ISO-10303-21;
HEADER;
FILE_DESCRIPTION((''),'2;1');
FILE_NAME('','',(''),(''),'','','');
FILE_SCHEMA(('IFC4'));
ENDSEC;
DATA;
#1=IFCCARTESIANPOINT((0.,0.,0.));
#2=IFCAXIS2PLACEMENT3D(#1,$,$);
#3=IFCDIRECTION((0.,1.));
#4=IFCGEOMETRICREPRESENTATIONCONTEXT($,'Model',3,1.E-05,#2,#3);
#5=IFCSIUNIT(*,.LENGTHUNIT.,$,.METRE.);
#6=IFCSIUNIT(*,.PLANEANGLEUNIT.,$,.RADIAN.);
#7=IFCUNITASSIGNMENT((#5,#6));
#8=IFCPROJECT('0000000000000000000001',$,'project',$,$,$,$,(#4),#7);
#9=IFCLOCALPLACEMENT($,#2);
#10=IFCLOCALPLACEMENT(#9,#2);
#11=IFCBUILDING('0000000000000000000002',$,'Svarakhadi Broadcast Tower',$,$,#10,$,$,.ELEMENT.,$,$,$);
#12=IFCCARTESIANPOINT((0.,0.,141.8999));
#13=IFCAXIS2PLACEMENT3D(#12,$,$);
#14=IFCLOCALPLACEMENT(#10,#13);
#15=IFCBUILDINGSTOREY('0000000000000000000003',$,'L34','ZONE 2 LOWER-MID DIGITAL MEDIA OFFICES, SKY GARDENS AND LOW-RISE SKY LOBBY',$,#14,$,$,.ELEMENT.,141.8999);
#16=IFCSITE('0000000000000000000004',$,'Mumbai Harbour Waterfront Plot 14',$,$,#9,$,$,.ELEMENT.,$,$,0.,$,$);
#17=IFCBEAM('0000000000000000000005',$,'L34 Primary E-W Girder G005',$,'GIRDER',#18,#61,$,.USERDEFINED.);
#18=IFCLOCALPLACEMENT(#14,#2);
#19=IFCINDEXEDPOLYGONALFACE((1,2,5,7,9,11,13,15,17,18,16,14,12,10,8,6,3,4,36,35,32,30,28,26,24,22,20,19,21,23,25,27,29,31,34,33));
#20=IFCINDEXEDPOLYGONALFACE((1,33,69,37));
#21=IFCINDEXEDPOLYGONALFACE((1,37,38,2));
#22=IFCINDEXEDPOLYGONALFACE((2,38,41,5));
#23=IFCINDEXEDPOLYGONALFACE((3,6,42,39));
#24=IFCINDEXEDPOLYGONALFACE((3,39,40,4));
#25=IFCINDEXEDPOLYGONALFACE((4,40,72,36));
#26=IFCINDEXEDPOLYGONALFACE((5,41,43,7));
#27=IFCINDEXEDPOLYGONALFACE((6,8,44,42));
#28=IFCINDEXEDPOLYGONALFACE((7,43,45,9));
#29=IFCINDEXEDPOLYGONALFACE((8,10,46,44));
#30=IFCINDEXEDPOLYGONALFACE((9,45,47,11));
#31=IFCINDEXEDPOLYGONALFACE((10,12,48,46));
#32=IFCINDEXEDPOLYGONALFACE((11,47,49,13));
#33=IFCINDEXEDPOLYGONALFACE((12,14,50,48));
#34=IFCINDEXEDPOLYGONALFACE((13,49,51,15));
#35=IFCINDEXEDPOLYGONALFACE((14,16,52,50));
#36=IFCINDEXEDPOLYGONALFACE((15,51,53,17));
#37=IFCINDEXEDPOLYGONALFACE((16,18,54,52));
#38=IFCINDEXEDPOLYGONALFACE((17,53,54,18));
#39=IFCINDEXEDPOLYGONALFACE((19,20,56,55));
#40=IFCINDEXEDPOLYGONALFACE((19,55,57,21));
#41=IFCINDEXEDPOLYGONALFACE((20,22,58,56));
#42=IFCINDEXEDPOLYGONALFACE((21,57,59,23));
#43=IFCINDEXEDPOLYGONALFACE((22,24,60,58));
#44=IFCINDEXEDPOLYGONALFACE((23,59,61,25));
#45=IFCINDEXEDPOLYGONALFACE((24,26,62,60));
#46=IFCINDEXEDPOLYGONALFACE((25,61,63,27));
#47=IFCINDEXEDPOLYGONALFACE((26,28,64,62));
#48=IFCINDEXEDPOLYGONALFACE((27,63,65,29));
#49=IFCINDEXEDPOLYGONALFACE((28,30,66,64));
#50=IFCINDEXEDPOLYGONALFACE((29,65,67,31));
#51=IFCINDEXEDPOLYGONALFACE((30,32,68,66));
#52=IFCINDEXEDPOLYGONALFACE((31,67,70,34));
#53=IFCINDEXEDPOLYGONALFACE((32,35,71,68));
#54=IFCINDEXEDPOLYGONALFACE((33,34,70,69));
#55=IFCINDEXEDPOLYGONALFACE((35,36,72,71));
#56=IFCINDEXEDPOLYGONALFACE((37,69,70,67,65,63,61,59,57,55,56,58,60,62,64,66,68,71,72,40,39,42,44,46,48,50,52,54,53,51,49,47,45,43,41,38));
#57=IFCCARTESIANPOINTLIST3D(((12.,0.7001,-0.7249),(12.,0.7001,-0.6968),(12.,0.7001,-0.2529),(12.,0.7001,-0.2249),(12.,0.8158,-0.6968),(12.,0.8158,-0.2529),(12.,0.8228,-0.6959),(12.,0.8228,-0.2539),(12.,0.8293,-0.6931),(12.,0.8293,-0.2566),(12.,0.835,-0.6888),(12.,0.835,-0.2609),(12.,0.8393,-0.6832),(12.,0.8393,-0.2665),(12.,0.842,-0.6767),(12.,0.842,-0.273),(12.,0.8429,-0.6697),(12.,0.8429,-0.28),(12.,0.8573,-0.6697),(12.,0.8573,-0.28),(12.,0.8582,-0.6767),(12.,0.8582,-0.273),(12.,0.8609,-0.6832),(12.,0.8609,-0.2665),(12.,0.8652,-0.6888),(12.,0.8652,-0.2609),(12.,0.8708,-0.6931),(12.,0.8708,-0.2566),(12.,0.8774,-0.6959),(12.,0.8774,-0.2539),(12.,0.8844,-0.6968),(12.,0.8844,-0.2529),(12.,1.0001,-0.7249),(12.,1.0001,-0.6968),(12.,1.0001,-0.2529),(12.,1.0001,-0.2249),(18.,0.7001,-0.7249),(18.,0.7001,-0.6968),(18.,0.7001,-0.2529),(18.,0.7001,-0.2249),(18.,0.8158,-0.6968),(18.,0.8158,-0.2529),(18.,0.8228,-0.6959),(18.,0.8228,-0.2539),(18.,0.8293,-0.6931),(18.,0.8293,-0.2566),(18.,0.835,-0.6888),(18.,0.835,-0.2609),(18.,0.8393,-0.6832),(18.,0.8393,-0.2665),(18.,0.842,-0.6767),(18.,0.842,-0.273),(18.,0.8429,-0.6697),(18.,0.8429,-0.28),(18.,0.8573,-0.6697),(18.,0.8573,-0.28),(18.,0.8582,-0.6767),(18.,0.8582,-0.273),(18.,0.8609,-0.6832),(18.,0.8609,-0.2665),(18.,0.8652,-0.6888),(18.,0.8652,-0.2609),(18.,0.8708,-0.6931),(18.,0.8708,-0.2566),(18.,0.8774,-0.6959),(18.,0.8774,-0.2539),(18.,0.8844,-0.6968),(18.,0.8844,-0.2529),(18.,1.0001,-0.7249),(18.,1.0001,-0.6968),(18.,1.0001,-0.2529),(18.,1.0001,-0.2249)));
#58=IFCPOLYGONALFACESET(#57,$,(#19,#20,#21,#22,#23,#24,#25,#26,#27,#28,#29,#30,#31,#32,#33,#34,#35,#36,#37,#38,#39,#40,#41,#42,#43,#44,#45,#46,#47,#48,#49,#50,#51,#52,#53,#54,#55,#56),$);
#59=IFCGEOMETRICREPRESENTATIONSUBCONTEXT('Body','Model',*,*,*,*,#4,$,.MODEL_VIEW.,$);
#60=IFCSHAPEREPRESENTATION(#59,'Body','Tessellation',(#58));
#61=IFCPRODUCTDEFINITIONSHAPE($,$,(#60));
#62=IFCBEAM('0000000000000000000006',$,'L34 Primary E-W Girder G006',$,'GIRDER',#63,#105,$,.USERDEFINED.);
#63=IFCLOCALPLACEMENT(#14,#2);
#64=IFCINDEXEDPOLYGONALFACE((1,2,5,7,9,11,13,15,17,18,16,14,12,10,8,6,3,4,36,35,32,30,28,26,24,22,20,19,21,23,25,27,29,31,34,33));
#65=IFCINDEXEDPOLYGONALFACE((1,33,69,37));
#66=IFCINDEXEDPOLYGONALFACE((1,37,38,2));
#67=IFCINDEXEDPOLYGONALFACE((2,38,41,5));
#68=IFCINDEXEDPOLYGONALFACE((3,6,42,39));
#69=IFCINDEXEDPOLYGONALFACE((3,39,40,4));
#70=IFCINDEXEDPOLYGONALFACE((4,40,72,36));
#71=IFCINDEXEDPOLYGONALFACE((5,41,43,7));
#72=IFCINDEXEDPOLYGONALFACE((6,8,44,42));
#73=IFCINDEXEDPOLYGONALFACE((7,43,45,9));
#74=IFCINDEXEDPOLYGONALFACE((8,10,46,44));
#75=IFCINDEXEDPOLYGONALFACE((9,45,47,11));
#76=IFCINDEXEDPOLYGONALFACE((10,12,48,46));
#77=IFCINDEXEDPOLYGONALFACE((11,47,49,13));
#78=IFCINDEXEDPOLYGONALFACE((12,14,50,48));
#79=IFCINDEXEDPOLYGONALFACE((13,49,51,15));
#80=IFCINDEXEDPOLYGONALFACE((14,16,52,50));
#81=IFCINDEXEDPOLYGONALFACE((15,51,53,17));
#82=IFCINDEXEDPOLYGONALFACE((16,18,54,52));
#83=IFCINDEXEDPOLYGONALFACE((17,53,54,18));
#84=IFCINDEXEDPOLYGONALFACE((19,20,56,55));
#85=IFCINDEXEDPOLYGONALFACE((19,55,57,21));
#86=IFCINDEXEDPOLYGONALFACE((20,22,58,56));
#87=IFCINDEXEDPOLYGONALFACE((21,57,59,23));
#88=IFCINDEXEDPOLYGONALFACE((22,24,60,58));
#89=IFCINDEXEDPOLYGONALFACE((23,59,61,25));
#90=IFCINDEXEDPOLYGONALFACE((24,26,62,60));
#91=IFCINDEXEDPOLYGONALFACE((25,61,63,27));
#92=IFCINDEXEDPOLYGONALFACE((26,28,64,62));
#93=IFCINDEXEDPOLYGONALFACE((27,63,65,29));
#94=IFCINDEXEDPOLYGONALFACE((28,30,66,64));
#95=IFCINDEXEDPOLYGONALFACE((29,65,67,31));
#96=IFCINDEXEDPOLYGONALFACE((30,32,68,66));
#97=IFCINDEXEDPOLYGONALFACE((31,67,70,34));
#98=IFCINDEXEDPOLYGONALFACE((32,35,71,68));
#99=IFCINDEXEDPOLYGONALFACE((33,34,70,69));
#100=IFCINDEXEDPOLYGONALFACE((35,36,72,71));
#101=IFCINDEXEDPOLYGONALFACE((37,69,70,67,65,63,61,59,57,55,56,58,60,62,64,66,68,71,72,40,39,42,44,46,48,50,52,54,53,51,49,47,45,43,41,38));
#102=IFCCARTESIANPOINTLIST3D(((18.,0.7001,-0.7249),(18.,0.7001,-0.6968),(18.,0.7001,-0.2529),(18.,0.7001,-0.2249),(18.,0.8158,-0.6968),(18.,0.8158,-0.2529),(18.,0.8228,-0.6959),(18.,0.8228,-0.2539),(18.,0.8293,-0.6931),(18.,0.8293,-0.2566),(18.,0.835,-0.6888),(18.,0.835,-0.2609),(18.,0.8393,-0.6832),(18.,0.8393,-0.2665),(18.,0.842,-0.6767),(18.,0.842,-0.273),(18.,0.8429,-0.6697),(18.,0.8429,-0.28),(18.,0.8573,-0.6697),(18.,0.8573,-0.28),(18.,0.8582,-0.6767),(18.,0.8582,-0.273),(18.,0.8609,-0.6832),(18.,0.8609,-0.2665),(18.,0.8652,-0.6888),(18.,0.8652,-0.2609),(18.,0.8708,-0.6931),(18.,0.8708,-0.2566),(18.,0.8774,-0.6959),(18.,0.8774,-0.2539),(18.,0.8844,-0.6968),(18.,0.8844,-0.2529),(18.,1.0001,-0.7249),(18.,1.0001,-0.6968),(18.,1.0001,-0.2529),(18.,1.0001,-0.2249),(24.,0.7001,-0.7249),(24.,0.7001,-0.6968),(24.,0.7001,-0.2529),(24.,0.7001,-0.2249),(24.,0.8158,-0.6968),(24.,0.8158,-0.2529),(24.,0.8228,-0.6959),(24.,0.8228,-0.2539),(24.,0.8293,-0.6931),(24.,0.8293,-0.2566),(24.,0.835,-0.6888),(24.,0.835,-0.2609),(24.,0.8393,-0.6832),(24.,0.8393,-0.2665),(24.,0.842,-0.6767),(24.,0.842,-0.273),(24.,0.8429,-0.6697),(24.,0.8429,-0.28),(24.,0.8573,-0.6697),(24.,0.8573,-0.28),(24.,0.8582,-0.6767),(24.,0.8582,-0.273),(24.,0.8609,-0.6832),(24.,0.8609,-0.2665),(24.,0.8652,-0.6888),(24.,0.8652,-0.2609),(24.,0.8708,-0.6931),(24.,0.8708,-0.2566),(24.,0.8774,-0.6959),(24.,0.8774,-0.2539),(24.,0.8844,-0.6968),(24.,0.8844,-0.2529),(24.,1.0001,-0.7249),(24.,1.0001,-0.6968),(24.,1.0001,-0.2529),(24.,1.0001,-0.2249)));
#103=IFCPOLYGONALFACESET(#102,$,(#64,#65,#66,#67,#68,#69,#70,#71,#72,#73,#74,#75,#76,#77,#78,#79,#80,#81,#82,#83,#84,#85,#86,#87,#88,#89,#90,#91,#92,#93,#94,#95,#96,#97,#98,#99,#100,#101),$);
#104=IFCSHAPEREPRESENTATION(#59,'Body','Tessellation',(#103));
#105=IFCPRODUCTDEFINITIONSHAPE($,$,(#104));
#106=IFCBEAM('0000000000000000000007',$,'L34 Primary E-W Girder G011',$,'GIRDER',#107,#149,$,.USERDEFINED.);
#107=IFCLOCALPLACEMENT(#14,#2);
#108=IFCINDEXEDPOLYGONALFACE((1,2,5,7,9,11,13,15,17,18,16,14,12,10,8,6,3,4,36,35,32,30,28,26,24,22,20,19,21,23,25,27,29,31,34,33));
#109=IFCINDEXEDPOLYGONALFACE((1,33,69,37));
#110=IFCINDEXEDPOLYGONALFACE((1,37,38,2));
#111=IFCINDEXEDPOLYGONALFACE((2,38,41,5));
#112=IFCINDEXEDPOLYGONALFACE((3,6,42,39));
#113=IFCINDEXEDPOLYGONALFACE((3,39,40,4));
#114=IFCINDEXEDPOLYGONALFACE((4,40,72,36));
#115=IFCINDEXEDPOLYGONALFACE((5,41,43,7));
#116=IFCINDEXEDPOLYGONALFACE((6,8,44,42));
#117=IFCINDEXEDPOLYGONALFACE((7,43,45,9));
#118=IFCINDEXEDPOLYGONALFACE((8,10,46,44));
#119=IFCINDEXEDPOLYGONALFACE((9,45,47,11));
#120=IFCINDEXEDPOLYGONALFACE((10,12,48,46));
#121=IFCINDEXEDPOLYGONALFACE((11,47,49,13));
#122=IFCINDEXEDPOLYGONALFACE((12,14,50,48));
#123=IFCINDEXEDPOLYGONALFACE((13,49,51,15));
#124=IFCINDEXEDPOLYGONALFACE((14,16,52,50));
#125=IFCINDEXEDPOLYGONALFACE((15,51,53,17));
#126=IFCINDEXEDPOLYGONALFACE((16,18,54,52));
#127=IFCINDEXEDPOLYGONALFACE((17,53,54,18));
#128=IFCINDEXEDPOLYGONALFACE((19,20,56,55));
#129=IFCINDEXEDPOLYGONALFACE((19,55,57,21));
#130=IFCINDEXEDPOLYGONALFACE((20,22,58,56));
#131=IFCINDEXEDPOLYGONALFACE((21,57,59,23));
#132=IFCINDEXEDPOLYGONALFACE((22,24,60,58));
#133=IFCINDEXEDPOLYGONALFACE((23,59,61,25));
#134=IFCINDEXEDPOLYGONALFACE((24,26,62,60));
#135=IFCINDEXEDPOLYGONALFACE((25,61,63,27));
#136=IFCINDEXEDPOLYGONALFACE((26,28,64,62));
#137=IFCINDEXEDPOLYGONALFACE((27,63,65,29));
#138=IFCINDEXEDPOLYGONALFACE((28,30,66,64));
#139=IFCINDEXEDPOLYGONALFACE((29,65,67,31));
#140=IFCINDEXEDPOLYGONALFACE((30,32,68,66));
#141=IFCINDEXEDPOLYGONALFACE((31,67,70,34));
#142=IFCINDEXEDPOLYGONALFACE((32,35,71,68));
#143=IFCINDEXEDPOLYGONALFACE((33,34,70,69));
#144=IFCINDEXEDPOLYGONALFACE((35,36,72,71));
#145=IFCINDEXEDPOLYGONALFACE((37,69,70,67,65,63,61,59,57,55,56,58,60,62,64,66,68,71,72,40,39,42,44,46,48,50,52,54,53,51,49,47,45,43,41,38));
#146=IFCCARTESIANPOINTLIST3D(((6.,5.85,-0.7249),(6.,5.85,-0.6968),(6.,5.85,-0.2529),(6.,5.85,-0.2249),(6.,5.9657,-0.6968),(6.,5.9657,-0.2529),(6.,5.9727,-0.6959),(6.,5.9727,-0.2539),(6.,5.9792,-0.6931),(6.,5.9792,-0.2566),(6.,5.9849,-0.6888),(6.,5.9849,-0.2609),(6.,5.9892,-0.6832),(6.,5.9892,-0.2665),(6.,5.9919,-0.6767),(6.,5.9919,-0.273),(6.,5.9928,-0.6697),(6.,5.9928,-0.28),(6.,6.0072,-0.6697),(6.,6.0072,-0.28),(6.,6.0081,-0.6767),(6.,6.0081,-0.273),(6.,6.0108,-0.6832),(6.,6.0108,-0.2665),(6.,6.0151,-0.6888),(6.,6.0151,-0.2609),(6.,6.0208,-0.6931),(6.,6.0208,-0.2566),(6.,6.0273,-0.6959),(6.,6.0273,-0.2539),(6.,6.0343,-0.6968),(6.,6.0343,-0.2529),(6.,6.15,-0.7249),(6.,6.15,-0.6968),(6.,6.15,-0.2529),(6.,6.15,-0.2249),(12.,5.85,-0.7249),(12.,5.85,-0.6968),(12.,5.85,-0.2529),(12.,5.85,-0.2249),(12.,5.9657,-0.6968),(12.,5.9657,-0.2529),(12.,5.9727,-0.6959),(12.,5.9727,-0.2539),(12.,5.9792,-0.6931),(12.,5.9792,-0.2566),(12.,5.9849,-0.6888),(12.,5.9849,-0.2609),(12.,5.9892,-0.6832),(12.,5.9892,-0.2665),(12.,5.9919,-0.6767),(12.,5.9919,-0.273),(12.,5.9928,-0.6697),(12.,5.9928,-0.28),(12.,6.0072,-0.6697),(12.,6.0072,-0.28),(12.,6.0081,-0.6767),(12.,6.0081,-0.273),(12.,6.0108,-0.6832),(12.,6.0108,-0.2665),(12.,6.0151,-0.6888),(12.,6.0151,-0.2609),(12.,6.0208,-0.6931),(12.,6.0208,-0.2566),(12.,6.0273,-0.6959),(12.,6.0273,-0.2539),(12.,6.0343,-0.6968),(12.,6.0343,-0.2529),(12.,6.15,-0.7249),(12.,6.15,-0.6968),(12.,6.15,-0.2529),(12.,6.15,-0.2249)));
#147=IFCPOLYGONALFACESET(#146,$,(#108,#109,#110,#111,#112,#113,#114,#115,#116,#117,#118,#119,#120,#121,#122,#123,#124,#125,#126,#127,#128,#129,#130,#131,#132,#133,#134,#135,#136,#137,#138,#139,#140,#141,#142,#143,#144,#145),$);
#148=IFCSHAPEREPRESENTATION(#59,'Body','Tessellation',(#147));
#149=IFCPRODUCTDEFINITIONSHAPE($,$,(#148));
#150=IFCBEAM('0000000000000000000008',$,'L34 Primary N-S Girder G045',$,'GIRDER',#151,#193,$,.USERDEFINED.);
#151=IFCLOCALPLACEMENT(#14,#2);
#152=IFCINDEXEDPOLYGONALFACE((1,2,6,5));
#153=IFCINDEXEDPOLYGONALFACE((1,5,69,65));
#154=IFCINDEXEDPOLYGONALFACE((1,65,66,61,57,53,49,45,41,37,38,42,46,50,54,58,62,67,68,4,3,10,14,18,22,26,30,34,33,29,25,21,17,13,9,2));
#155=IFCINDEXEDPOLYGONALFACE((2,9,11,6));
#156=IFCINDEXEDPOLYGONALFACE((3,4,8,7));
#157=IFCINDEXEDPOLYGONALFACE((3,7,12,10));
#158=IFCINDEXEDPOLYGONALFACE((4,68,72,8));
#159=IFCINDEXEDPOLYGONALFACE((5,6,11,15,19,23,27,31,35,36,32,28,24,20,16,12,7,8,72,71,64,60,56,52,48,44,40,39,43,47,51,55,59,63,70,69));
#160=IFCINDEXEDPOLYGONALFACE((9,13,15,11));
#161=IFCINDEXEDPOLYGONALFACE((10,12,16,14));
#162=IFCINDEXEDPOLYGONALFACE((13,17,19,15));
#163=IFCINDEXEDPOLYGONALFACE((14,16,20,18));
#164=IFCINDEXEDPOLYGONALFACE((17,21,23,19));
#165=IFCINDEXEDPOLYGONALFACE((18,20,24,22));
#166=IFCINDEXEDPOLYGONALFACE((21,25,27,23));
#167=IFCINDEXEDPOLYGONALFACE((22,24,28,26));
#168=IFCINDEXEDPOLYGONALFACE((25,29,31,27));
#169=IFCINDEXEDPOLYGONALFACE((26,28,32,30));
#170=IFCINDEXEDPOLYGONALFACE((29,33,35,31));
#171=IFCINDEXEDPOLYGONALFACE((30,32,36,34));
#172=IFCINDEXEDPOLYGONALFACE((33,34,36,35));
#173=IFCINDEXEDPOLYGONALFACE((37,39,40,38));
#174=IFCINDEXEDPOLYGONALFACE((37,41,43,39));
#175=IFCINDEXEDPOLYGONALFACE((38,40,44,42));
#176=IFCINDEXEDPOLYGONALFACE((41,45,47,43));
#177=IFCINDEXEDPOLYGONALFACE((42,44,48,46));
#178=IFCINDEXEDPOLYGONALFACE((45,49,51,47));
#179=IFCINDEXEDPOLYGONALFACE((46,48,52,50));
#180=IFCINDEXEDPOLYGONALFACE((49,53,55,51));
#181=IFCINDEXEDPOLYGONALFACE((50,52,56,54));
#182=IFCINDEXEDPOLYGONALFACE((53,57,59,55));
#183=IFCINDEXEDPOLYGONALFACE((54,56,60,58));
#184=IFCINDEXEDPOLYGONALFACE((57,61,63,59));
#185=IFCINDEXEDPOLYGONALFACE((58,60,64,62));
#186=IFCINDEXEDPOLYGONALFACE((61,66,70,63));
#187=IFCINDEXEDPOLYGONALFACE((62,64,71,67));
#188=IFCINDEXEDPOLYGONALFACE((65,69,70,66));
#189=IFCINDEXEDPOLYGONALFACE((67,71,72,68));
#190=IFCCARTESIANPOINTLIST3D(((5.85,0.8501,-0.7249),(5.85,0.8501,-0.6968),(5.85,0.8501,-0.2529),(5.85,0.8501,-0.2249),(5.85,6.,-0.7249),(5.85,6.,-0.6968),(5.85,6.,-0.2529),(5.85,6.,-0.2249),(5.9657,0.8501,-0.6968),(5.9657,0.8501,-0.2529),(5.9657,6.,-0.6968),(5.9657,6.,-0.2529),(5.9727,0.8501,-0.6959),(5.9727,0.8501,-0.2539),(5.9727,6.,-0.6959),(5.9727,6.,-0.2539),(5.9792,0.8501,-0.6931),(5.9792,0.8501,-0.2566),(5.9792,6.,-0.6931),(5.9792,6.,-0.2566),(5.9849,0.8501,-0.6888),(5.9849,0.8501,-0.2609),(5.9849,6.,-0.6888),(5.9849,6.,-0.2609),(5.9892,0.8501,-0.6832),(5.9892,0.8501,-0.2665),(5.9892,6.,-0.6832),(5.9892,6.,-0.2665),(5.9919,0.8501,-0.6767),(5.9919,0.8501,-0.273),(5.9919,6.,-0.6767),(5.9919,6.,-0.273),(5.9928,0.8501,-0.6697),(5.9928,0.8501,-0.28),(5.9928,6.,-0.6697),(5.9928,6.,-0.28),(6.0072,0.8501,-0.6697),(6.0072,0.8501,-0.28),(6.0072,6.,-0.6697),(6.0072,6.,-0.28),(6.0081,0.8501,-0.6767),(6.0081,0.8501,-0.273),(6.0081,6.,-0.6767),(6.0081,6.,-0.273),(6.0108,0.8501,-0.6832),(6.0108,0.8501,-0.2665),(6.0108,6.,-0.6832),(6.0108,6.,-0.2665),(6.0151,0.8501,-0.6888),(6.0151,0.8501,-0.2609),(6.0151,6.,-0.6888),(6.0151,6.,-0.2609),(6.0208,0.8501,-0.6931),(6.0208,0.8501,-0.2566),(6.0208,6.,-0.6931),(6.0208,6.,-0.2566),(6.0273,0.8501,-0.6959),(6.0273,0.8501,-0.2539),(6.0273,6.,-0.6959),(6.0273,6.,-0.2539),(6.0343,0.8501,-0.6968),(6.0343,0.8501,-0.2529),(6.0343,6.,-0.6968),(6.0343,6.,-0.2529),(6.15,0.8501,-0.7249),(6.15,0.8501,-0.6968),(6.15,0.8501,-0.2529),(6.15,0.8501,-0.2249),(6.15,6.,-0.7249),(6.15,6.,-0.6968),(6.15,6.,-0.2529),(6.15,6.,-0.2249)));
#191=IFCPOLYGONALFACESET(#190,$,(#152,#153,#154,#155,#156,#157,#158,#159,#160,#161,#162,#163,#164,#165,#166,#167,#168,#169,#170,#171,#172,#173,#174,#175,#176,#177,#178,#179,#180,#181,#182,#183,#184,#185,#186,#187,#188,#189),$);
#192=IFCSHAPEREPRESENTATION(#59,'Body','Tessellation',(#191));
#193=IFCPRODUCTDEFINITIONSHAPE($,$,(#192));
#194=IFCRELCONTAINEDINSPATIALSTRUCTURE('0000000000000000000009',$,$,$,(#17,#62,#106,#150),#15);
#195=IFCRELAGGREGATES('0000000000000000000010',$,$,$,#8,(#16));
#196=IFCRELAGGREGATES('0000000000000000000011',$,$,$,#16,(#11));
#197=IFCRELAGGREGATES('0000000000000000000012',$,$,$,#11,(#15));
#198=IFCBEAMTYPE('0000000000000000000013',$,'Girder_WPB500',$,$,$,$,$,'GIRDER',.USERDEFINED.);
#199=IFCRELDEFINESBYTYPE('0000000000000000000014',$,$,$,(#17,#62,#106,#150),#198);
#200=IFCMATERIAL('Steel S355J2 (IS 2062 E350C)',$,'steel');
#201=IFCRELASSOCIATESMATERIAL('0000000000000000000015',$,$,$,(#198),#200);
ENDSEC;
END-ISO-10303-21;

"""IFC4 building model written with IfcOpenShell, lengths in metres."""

from ifc_helpers import new_model, si_unit, direction, frame, origin, origin_2d, place, context, subcontext, project, spatial, i_section, extrude, material, material_profile, profile_set, type_object, element, save


model = new_model("IFC4")

# Units and contexts
model_context = context("Model", 3, precision=1e-05, world=origin(), true_north=direction((0.0, 1.0)))
body_context = subcontext(model_context, "Body", "Model", "MODEL_VIEW")
ifc_project = project(units=[si_unit("LENGTHUNIT", "METRE"), si_unit("PLANEANGLEUNIT", "RADIAN")], contexts=[model_context])

# Site, building, storey
site_placement = place(None, origin())
site = spatial("IfcSite", under=ifc_project, at=site_placement, Name="Mumbai Harbour Waterfront Plot 14", CompositionType="ELEMENT", RefElevation=0.0)
building_placement = place(site_placement, origin())
building = spatial("IfcBuilding", under=site, at=building_placement, Name="Svarakhadi Broadcast Tower", CompositionType="ELEMENT")
storey_placement = place(building_placement, frame((0.0, 0.0, 141.8999)))
storey = spatial("IfcBuildingStorey", under=building, at=storey_placement, Name="L34", Description="ZONE 2 LOWER-MID DIGITAL MEDIA OFFICES, SKY GARDENS AND LOW-RISE SKY LOBBY", CompositionType="ELEMENT", Elevation=141.8999)

# Shared definitions
ifc_material_1 = material(Name="Steel S355J2 (IS 2062 E350C)", Category="steel")

# Beams
ifc_material_profile_1 = material_profile(ifc_material_1, i_section(OverallWidth=0.3, OverallDepth=0.5, WebThickness=0.0144, FlangeThickness=0.0281, FilletRadius=0.0271, at=origin_2d()), Name="WPB 500x300x187")
ifc_profile_set_1 = profile_set([ifc_material_profile_1], Name="Steel S355J2 (IS 2062 E350C)")
beam_type_1 = type_object("IfcBeamType", Name="Girder_WPB500", ElementType="GIRDER", PredefinedType="USERDEFINED", material=ifc_profile_set_1)
for number, where, z_axis, x_axis, name in (
    (1, (12.0, 0.8501, -0.4749), (1.0, 0.0, 0.0), (0.0, 1.0, 0.0), "L34 Primary E-W Girder G005"),
    (2, (18.0, 0.8501, -0.4749), (1.0, 0.0, 0.0), (0.0, 1.0, 0.0), "L34 Primary E-W Girder G006"),
    (3, (6.0, 6.0, -0.4749), (1.0, 0.0, 0.0), (0.0, 1.0, 0.0), "L34 Primary E-W Girder G011"),
):
    element("IfcBeam", number, at=place(storey_placement, frame(where, z_axis=z_axis, x_axis=x_axis)), inside=storey, type_object=beam_type_1, Name=name, ObjectType="GIRDER", PredefinedType="USERDEFINED", context=body_context, shape_type="SweptSolid", body=[
        extrude(i_section(OverallWidth=0.3, OverallDepth=0.5, WebThickness=0.0144, FlangeThickness=0.0281, FilletRadius=0.0271, at=origin_2d()), origin(), (0.0, 0.0, 1.0), 6.0),
    ])
beam_1_placement = place(storey_placement, frame((6.0, 0.8501, -0.4749), z_axis=(0.0, 1.0, 0.0), x_axis=(-1.0, 0.0, 0.0)))
element("IfcBeam", 4, at=beam_1_placement, inside=storey, type_object=beam_type_1, Name="L34 Primary N-S Girder G045", ObjectType="GIRDER", PredefinedType="USERDEFINED", context=body_context, shape_type="SweptSolid", body=[
    extrude(i_section(OverallWidth=0.3, OverallDepth=0.5, WebThickness=0.0144, FlangeThickness=0.0281, FilletRadius=0.0271, at=origin_2d()), origin(), (0.0, 0.0, 1.0), 5.1499),
])

save(model, "model.ifc")
